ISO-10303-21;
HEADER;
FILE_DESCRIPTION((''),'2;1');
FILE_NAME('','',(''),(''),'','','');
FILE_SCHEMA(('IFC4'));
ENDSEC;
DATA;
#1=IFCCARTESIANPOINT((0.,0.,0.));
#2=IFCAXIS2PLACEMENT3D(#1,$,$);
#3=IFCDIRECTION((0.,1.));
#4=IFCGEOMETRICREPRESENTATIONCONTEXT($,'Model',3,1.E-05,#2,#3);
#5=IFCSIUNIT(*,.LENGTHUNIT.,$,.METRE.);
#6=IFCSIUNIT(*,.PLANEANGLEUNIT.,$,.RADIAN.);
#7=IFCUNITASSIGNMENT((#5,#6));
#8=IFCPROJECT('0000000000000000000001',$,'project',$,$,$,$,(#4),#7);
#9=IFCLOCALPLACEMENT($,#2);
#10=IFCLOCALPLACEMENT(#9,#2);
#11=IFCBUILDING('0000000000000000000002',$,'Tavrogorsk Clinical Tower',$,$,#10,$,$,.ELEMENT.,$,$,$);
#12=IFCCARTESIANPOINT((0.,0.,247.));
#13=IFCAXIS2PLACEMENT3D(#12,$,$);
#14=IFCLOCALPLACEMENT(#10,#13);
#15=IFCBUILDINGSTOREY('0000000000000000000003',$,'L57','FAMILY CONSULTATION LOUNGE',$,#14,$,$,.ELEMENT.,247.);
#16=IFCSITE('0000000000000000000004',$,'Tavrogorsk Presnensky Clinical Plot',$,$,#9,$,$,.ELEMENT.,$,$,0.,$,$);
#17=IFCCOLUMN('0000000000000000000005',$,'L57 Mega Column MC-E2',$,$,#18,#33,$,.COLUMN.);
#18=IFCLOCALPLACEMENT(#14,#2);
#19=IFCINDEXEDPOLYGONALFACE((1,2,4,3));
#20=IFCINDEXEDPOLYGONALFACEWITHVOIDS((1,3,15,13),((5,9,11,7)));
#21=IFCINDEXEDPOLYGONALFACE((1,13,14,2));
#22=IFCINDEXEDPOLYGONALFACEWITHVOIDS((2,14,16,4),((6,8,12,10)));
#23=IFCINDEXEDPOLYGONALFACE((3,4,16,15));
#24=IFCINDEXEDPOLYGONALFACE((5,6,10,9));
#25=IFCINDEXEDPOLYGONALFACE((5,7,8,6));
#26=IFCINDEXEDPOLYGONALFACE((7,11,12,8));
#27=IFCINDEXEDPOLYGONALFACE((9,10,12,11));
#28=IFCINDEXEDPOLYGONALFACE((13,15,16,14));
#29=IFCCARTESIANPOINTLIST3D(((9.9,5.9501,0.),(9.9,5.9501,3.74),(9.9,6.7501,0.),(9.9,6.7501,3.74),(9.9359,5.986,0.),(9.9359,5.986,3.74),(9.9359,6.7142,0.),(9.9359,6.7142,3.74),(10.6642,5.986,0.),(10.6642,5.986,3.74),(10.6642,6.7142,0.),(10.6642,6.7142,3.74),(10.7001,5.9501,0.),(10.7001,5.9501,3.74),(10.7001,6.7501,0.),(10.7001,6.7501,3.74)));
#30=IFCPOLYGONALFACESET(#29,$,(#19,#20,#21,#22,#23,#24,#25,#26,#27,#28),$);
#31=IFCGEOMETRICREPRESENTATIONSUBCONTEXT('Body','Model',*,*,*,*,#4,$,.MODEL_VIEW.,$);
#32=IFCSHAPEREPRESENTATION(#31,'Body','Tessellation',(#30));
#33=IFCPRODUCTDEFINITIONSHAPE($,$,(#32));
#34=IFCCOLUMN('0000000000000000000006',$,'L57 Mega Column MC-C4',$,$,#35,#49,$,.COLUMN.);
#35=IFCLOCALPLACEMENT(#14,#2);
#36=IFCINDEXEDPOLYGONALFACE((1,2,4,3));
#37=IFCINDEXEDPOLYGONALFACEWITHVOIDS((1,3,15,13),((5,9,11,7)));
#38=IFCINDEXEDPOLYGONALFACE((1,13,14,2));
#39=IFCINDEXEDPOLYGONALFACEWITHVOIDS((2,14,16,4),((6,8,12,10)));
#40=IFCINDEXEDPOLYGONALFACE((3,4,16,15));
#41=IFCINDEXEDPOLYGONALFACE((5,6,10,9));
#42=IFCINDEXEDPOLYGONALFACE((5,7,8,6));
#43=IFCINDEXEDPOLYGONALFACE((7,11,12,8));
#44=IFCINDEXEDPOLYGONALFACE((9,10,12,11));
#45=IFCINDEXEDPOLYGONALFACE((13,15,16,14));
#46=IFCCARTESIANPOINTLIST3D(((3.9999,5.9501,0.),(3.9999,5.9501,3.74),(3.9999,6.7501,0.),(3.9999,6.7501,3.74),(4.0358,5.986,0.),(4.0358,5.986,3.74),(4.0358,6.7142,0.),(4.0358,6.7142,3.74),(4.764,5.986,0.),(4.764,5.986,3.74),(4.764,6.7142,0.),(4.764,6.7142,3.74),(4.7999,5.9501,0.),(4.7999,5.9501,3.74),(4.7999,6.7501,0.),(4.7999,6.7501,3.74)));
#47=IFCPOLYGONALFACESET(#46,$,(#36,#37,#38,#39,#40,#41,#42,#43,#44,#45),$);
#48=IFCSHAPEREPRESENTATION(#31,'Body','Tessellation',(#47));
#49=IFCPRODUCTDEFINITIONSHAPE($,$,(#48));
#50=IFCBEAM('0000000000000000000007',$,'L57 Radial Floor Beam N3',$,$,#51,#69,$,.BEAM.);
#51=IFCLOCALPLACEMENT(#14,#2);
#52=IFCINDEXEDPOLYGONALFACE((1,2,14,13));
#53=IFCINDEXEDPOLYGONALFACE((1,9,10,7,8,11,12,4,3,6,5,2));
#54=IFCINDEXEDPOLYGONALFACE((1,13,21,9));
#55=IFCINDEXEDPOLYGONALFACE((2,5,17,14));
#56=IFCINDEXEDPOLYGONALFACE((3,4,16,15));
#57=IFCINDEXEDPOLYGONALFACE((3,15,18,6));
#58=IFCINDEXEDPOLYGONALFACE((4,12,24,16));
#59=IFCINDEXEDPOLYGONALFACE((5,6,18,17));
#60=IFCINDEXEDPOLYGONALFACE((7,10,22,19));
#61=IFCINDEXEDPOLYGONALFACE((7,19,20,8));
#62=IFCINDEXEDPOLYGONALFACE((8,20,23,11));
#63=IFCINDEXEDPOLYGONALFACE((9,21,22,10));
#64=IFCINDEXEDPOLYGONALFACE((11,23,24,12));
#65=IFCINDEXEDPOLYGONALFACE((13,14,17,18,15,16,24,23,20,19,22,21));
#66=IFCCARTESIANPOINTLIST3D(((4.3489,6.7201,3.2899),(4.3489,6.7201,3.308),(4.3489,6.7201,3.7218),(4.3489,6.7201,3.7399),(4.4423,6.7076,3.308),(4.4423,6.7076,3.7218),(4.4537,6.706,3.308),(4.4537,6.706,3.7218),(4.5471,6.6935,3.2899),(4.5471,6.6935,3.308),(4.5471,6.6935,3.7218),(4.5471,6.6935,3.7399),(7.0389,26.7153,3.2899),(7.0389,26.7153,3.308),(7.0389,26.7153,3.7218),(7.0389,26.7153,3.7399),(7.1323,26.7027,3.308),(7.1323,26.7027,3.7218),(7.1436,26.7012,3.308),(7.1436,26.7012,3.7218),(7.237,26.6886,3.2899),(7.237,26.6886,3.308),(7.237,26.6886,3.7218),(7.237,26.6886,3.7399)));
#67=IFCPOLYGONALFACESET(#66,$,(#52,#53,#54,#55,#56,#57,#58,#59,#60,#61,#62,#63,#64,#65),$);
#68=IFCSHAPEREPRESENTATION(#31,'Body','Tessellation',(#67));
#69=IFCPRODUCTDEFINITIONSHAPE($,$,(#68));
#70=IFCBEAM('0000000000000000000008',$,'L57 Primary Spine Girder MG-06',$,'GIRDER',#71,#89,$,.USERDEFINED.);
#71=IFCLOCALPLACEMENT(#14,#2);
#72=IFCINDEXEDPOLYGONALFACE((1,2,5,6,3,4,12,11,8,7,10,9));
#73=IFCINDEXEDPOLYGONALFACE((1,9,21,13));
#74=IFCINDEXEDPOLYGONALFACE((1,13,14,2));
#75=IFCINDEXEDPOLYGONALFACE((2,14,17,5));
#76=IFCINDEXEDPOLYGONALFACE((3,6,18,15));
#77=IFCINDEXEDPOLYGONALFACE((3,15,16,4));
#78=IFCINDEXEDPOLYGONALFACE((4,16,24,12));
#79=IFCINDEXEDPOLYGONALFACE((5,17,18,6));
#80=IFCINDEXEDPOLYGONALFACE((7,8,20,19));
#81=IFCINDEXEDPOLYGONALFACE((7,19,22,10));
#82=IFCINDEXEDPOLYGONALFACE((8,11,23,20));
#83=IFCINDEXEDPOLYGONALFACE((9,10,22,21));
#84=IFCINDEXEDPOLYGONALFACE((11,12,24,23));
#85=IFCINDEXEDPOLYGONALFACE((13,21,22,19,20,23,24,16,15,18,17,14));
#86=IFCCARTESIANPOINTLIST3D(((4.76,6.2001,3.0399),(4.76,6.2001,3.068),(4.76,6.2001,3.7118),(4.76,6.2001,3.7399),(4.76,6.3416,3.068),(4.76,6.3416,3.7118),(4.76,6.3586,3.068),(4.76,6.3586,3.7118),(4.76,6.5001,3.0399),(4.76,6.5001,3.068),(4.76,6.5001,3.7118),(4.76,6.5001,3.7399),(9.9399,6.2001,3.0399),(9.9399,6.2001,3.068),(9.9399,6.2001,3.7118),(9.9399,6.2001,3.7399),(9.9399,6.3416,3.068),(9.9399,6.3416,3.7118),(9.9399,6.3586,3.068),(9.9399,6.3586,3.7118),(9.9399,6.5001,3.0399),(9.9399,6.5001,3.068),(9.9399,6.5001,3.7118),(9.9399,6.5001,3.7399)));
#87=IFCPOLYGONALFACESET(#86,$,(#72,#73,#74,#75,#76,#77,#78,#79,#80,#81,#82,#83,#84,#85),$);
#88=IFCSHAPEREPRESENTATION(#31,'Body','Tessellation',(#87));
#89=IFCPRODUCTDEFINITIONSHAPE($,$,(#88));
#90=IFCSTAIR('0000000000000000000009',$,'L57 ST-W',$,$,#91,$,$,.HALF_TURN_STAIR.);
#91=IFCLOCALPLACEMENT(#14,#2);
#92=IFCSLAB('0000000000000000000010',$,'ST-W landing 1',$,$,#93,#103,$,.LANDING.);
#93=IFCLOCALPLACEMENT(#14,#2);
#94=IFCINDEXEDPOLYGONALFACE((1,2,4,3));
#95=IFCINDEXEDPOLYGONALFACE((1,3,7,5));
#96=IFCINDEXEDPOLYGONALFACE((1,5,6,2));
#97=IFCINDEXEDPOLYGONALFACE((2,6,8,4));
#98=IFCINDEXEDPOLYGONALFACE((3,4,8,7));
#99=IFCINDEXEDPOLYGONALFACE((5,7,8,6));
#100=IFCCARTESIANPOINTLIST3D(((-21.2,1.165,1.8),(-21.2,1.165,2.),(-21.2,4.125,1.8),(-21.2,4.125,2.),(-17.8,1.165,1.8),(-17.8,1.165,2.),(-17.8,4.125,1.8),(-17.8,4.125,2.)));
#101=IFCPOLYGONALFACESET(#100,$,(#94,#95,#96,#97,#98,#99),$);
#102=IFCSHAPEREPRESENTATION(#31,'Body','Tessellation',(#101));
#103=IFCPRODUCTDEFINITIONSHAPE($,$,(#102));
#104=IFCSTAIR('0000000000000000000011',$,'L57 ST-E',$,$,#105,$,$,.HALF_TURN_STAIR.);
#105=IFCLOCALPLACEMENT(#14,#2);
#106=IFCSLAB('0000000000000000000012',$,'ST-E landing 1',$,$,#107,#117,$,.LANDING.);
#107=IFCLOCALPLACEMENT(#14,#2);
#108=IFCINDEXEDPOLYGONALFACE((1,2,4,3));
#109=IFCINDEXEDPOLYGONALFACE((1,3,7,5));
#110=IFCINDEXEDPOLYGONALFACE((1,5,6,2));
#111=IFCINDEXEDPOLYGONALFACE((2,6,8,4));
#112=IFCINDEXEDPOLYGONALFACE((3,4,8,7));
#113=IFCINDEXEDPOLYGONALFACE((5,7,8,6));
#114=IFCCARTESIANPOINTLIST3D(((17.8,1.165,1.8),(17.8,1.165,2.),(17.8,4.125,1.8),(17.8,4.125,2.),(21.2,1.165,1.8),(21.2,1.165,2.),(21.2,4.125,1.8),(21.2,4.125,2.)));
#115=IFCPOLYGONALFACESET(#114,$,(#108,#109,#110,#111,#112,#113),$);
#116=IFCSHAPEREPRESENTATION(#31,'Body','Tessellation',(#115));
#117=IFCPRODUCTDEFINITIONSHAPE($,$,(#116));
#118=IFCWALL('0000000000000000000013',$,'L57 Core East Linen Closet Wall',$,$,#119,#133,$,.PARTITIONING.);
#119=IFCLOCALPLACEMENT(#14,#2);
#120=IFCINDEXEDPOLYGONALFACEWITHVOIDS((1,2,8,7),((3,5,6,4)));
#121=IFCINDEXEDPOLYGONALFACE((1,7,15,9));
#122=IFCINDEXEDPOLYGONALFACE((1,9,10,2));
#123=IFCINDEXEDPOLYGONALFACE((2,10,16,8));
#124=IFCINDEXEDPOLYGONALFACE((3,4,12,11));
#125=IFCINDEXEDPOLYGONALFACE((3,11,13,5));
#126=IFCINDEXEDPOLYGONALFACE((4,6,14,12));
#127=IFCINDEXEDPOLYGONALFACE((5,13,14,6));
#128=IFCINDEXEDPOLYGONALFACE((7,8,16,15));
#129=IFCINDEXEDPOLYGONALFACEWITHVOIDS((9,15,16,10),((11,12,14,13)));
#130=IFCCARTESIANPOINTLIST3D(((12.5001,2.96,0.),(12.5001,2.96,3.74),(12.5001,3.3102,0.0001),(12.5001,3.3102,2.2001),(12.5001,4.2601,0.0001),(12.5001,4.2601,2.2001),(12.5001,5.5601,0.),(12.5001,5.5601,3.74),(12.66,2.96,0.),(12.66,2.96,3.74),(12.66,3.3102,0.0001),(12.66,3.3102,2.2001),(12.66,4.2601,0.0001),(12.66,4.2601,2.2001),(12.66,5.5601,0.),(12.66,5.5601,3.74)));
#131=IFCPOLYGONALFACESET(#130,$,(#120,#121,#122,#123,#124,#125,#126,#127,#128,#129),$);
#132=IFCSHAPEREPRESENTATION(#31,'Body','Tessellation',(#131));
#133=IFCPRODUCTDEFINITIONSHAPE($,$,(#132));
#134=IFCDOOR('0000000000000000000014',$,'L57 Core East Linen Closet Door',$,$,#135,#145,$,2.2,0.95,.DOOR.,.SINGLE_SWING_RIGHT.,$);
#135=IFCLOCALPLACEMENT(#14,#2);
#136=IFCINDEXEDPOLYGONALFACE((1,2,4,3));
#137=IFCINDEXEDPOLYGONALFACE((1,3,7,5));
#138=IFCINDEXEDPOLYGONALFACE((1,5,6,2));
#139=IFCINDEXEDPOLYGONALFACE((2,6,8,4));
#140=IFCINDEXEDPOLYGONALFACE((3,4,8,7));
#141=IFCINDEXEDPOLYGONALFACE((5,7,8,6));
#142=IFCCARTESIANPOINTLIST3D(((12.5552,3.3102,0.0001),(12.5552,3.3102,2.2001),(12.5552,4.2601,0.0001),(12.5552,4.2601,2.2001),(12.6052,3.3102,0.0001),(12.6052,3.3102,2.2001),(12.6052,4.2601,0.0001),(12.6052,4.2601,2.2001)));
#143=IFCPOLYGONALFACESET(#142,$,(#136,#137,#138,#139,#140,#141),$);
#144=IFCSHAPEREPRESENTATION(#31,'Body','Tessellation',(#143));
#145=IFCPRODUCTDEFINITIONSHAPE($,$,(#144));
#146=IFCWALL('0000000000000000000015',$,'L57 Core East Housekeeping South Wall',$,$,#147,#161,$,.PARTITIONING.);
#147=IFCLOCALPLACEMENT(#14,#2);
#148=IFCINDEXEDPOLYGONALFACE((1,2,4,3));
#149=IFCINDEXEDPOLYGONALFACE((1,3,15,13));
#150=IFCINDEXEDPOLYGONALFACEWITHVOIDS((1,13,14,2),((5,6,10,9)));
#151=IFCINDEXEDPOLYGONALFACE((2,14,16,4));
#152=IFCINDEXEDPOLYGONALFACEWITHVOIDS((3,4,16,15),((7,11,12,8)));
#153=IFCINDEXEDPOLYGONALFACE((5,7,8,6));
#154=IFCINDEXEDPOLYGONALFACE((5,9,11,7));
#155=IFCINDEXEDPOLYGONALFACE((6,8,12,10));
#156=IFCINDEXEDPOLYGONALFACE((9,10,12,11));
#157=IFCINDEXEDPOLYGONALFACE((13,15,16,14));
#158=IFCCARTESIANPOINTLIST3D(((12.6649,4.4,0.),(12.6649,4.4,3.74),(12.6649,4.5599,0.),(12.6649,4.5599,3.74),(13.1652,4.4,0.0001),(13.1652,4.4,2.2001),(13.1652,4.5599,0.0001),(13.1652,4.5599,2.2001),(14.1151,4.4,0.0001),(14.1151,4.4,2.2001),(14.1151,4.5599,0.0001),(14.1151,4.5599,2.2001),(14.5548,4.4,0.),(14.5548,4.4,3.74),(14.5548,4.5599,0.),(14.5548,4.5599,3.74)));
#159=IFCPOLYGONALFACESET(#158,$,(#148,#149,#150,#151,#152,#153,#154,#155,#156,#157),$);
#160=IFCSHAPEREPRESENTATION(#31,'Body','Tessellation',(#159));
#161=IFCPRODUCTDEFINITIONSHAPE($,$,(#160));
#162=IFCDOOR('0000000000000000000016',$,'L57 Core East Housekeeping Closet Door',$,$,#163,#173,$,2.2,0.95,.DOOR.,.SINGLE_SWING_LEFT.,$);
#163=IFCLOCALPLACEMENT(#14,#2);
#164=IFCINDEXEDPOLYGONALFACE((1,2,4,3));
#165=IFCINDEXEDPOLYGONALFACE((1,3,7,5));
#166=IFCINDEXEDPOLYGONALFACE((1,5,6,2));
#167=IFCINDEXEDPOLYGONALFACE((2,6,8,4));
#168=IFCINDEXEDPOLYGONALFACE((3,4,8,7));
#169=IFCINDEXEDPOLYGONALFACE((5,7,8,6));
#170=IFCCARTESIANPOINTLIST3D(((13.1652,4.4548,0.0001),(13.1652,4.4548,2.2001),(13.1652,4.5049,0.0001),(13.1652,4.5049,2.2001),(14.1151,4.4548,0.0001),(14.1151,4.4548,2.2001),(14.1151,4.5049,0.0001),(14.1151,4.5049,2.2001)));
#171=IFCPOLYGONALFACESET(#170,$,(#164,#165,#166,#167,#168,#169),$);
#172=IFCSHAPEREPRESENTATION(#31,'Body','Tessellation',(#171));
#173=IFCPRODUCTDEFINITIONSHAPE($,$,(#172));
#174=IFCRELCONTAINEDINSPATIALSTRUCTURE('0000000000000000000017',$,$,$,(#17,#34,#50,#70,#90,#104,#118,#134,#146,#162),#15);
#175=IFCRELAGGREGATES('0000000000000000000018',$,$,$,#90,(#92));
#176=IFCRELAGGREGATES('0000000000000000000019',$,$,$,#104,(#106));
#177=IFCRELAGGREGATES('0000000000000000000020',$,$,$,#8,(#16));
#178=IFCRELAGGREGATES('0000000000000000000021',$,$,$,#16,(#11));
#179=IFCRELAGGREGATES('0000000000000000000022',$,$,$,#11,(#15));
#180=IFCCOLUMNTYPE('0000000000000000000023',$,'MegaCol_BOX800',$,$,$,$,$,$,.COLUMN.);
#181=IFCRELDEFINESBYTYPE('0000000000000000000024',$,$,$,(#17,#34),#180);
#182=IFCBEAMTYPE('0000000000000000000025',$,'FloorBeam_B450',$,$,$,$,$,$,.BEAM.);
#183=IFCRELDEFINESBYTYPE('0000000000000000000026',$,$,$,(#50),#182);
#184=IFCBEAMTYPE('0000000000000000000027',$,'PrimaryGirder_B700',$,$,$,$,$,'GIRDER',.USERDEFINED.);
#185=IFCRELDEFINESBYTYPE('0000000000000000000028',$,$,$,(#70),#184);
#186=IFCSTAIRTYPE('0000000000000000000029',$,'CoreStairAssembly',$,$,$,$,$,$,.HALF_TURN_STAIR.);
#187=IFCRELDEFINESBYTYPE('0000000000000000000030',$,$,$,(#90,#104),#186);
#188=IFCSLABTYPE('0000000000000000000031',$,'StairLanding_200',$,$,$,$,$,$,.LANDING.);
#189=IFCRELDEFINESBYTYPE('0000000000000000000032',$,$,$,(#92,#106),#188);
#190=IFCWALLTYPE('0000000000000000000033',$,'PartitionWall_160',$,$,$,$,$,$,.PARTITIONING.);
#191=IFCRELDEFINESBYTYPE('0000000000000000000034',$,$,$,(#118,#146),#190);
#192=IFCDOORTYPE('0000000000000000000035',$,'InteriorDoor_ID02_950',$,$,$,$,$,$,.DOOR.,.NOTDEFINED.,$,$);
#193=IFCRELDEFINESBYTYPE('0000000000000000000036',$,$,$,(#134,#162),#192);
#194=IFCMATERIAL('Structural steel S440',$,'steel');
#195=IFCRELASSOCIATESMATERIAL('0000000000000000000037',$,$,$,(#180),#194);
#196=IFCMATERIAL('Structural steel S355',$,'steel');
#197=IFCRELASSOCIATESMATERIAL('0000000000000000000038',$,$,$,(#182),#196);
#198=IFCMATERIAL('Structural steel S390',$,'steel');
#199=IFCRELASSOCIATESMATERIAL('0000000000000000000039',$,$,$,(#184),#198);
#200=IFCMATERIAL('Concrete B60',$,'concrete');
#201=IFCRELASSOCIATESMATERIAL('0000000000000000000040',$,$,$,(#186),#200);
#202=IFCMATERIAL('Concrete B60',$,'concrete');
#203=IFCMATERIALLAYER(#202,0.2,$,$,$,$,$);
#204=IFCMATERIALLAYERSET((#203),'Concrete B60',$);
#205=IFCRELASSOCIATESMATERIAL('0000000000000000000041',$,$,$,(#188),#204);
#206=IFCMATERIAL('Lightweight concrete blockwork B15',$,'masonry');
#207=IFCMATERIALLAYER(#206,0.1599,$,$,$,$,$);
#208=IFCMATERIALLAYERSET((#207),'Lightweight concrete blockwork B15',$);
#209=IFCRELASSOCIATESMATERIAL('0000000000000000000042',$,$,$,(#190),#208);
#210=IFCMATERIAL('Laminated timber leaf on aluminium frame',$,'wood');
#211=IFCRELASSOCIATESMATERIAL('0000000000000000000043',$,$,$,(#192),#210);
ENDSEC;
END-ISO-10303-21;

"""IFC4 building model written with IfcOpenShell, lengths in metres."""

from ifc_helpers import new_model, si_unit, direction, frame, frame_2d, origin, origin_2d, place, context, subcontext, project, spatial, polyline, rectangle, hollow_rectangle, i_section, outline, extrude, material, layer, layer_set, material_profile, profile_set, type_object, element, fill, aggregate, save


model = new_model("IFC4")

# Units and contexts
model_context = context("Model", 3, precision=1e-05, world=origin(), true_north=direction((0.0, 1.0)))
body_context = subcontext(model_context, "Body", "Model", "MODEL_VIEW")
ifc_project = project(units=[si_unit("LENGTHUNIT", "METRE"), si_unit("PLANEANGLEUNIT", "RADIAN")], contexts=[model_context])

# Site, building, storey
site_placement = place(None, origin())
site = spatial("IfcSite", under=ifc_project, at=site_placement, Name="Tavrogorsk Presnensky Clinical Plot", CompositionType="ELEMENT", RefElevation=0.0)
building_placement = place(site_placement, origin())
building = spatial("IfcBuilding", under=site, at=building_placement, Name="Tavrogorsk Clinical Tower", CompositionType="ELEMENT")
storey_placement = place(building_placement, frame((0.0, 0.0, 247.0)))
storey = spatial("IfcBuildingStorey", under=building, at=storey_placement, Name="L57", Description="FAMILY CONSULTATION LOUNGE", CompositionType="ELEMENT", Elevation=247.0)

# Columns
ifc_material_1 = material(Name="Structural steel S440", Category="steel")
ifc_material_profile_1 = material_profile(ifc_material_1, hollow_rectangle(XDim=0.8, YDim=0.8, WallThickness=0.0359, at=origin_2d()), Name="BOX-800x800x36")
ifc_profile_set_1 = profile_set([ifc_material_profile_1], Name="Structural steel S440")
column_type = type_object("IfcColumnType", Name="MegaCol_BOX800", PredefinedType="COLUMN", material=ifc_profile_set_1)
for number, where, z_axis, x_axis, name in (
    (1, (10.3, 6.3501, 0.0), (0.0, 0.0, 1.0), (1.0, 0.0, 0.0), "L57 Mega Column MC-E2"),
    (2, (4.3999, 6.3501, 0.0), (0.0, 0.0, 1.0), (1.0, 0.0, 0.0), "L57 Mega Column MC-C4"),
):
    element("IfcColumn", number, at=place(storey_placement, frame(where, z_axis=z_axis, x_axis=x_axis)), inside=storey, type_object=column_type, Name=name, PredefinedType="COLUMN", context=body_context, shape_type="SweptSolid", body=[
        extrude(hollow_rectangle(XDim=0.8, YDim=0.8, WallThickness=0.0359, at=origin_2d()), origin(), (0.0, 0.0, 1.0), 3.74),
    ])

# Beams
ifc_material_2 = material(Name="Structural steel S355", Category="steel")
ifc_material_profile_2 = material_profile(ifc_material_2, i_section(OverallWidth=0.2, OverallDepth=0.45, WebThickness=0.0115, FlangeThickness=0.0181, at=origin_2d()), Name="B-450x200x11.5x18")
ifc_profile_set_2 = profile_set([ifc_material_profile_2], Name="Structural steel S355")
beam_type_1 = type_object("IfcBeamType", Name="FloorBeam_B450", PredefinedType="BEAM", material=ifc_profile_set_2)
beam_1_placement = place(storey_placement, frame((4.448, 6.7068, 3.5149), z_axis=(0.133329, 0.991072, 0.0), x_axis=(-0.991072, 0.133329, 0.0)))
element("IfcBeam", 3, at=beam_1_placement, inside=storey, type_object=beam_type_1, Name="L57 Radial Floor Beam N3", PredefinedType="BEAM", context=body_context, shape_type="SweptSolid", body=[
    extrude(i_section(OverallWidth=0.2, OverallDepth=0.45, WebThickness=0.0115, FlangeThickness=0.0181, at=origin_2d()), origin(), (0.0, 0.0, 1.0), 20.1753),
])
ifc_material_3 = material(Name="Structural steel S390", Category="steel")
ifc_material_profile_3 = material_profile(ifc_material_3, i_section(OverallWidth=0.3, OverallDepth=0.7, WebThickness=0.0171, FlangeThickness=0.0281, at=origin_2d()), Name="B-700x300x17x28")
ifc_profile_set_3 = profile_set([ifc_material_profile_3], Name="Structural steel S390")
beam_type_2 = type_object("IfcBeamType", Name="PrimaryGirder_B700", ElementType="GIRDER", PredefinedType="USERDEFINED", material=ifc_profile_set_3)
beam_2_placement = place(storey_placement, frame((4.76, 6.3501, 3.3899), z_axis=(1.0, 0.0, 0.0), x_axis=(0.0, 1.0, 0.0)))
element("IfcBeam", 4, at=beam_2_placement, inside=storey, type_object=beam_type_2, Name="L57 Primary Spine Girder MG-06", ObjectType="GIRDER", PredefinedType="USERDEFINED", context=body_context, shape_type="SweptSolid", body=[
    extrude(i_section(OverallWidth=0.3, OverallDepth=0.7, WebThickness=0.0171, FlangeThickness=0.0281, at=origin_2d()), origin(), (0.0, 0.0, 1.0), 5.1799),
])

# Stairs, slabs
ifc_material_4 = material(Name="Concrete B60", Category="concrete")
stair_type = type_object("IfcStairType", Name="CoreStairAssembly", PredefinedType="HALF_TURN_STAIR", material=ifc_material_4)
stair_1_placement = place(storey_placement, origin())
stair_1 = element("IfcStair", 5, at=stair_1_placement, inside=storey, type_object=stair_type, Name="L57 ST-W", PredefinedType="HALF_TURN_STAIR")
ifc_material_5 = material(Name="Concrete B60", Category="concrete")
ifc_layer_1 = layer(ifc_material_5, 0.2)
ifc_layer_set_1 = layer_set([ifc_layer_1], Name="Concrete B60")
slab_type = type_object("IfcSlabType", Name="StairLanding_200", PredefinedType="LANDING", material=ifc_layer_set_1)
slab_1_placement = place(storey_placement, frame((0.0, 0.0, 1.8)))
slab_1 = element("IfcSlab", 6, at=slab_1_placement, type_object=slab_type, Name="ST-W landing 1", PredefinedType="LANDING", context=body_context, shape_type="SweptSolid", body=[
    extrude(outline(polyline([(-17.8, 1.165), (-17.8, 4.125), (-21.2, 4.125), (-21.2, 1.165), (-17.8, 1.165)])), origin(), (0.0, 0.0, 1.0), 0.2),
])
aggregate(stair_1, [slab_1])
stair_2_placement = place(storey_placement, origin())
stair_2 = element("IfcStair", 7, at=stair_2_placement, inside=storey, type_object=stair_type, Name="L57 ST-E", PredefinedType="HALF_TURN_STAIR")
slab_2_placement = place(storey_placement, frame((0.0, 0.0, 1.8)))
slab_2 = element("IfcSlab", 8, at=slab_2_placement, type_object=slab_type, Name="ST-E landing 1", PredefinedType="LANDING", context=body_context, shape_type="SweptSolid", body=[
    extrude(outline(polyline([(21.2, 1.165), (21.2, 4.125), (17.8, 4.125), (17.8, 1.165), (21.2, 1.165)])), origin(), (0.0, 0.0, 1.0), 0.2),
])
aggregate(stair_2, [slab_2])

# Walls, openings, doors
ifc_material_6 = material(Name="Lightweight concrete blockwork B15", Category="masonry")
ifc_layer_2 = layer(ifc_material_6, 0.1599)
ifc_layer_set_2 = layer_set([ifc_layer_2], Name="Lightweight concrete blockwork B15")
wall_type_1 = type_object("IfcWallType", Name="PartitionWall_160", PredefinedType="PARTITIONING", material=ifc_layer_set_2)
wall_1_placement = place(storey_placement, frame((12.5801, 2.96, 0.0), z_axis=(0.0, 0.0, 1.0), x_axis=(0.0, 1.0, 0.0)))
wall_1 = element("IfcWall", 9, at=wall_1_placement, inside=storey, type_object=wall_type_1, Name="L57 Core East Linen Closet Wall", PredefinedType="PARTITIONING", context=body_context, shape_type="SweptSolid", body=[
    extrude(rectangle(XDim=2.6001, YDim=0.1599, at=frame_2d((1.3, 0.0))), origin(), (0.0, 0.0, 1.0), 3.74),
])
opening_1_placement = place(wall_1_placement, frame((0.3501, 0.0, 0.0)))
opening_1 = element("IfcOpeningElement", 10, at=opening_1_placement, cuts=wall_1, PredefinedType="OPENING", context=body_context, shape_type="SweptSolid", body=[
    extrude(rectangle(XDim=0.95, YDim=2.2, at=frame_2d((0.4751, 1.1001))), frame((0.0, 0.0898, 0.0), z_axis=(0.0, -1.0, 0.0), x_axis=(1.0, 0.0, 0.0)), (0.0, 0.0, 1.0), 0.1799),
])
ifc_material_7 = material(Name="Laminated timber leaf on aluminium frame", Category="wood")
door_type_1 = type_object("IfcDoorType", Name="InteriorDoor_ID02_950", OperationType="NOTDEFINED", PredefinedType="DOOR", material=ifc_material_7)
door_1_placement = place(opening_1_placement, origin())
door_1 = element("IfcDoor", 11, at=door_1_placement, inside=storey, type_object=door_type_1, Name="L57 Core East Linen Closet Door", OperationType="SINGLE_SWING_RIGHT", OverallHeight=2.2, OverallWidth=0.95, PredefinedType="DOOR", context=body_context, shape_type="SweptSolid", body=[
    extrude(rectangle(XDim=0.95, YDim=2.2, at=frame_2d((0.4751, 1.1001))), frame((0.0, 0.0249, 0.0), z_axis=(0.0, -1.0, 0.0), x_axis=(1.0, 0.0, 0.0)), (0.0, 0.0, 1.0), 0.05),
])
fill(opening_1, door_1)
wall_2_placement = place(storey_placement, frame((12.665, 4.48, 0.0), z_axis=(0.0, 0.0, 1.0), x_axis=(1.0, 0.0, 0.0)))
wall_2 = element("IfcWall", 12, at=wall_2_placement, inside=storey, type_object=wall_type_1, Name="L57 Core East Housekeeping South Wall", PredefinedType="PARTITIONING", context=body_context, shape_type="SweptSolid", body=[
    extrude(rectangle(XDim=1.8899, YDim=0.1599, at=frame_2d((0.9448, 0.0))), origin(), (0.0, 0.0, 1.0), 3.74),
])
opening_2_placement = place(wall_2_placement, frame((0.5, 0.0, 0.0)))
opening_2 = element("IfcOpeningElement", 13, at=opening_2_placement, cuts=wall_2, PredefinedType="OPENING", context=body_context, shape_type="SweptSolid", body=[
    extrude(rectangle(XDim=0.95, YDim=2.2, at=frame_2d((0.4751, 1.1001))), frame((0.0, 0.0898, 0.0), z_axis=(0.0, -1.0, 0.0), x_axis=(1.0, 0.0, 0.0)), (0.0, 0.0, 1.0), 0.1799),
])
door_2_placement = place(opening_2_placement, origin())
door_2 = element("IfcDoor", 14, at=door_2_placement, inside=storey, type_object=door_type_1, Name="L57 Core East Housekeeping Closet Door", OperationType="SINGLE_SWING_LEFT", OverallHeight=2.2, OverallWidth=0.95, PredefinedType="DOOR", context=body_context, shape_type="SweptSolid", body=[
    extrude(rectangle(XDim=0.95, YDim=2.2, at=frame_2d((0.4751, 1.1001))), frame((0.0, 0.0249, 0.0), z_axis=(0.0, -1.0, 0.0), x_axis=(1.0, 0.0, 0.0)), (0.0, 0.0, 1.0), 0.05),
])
fill(opening_2, door_2)

save(model, "model.ifc")
